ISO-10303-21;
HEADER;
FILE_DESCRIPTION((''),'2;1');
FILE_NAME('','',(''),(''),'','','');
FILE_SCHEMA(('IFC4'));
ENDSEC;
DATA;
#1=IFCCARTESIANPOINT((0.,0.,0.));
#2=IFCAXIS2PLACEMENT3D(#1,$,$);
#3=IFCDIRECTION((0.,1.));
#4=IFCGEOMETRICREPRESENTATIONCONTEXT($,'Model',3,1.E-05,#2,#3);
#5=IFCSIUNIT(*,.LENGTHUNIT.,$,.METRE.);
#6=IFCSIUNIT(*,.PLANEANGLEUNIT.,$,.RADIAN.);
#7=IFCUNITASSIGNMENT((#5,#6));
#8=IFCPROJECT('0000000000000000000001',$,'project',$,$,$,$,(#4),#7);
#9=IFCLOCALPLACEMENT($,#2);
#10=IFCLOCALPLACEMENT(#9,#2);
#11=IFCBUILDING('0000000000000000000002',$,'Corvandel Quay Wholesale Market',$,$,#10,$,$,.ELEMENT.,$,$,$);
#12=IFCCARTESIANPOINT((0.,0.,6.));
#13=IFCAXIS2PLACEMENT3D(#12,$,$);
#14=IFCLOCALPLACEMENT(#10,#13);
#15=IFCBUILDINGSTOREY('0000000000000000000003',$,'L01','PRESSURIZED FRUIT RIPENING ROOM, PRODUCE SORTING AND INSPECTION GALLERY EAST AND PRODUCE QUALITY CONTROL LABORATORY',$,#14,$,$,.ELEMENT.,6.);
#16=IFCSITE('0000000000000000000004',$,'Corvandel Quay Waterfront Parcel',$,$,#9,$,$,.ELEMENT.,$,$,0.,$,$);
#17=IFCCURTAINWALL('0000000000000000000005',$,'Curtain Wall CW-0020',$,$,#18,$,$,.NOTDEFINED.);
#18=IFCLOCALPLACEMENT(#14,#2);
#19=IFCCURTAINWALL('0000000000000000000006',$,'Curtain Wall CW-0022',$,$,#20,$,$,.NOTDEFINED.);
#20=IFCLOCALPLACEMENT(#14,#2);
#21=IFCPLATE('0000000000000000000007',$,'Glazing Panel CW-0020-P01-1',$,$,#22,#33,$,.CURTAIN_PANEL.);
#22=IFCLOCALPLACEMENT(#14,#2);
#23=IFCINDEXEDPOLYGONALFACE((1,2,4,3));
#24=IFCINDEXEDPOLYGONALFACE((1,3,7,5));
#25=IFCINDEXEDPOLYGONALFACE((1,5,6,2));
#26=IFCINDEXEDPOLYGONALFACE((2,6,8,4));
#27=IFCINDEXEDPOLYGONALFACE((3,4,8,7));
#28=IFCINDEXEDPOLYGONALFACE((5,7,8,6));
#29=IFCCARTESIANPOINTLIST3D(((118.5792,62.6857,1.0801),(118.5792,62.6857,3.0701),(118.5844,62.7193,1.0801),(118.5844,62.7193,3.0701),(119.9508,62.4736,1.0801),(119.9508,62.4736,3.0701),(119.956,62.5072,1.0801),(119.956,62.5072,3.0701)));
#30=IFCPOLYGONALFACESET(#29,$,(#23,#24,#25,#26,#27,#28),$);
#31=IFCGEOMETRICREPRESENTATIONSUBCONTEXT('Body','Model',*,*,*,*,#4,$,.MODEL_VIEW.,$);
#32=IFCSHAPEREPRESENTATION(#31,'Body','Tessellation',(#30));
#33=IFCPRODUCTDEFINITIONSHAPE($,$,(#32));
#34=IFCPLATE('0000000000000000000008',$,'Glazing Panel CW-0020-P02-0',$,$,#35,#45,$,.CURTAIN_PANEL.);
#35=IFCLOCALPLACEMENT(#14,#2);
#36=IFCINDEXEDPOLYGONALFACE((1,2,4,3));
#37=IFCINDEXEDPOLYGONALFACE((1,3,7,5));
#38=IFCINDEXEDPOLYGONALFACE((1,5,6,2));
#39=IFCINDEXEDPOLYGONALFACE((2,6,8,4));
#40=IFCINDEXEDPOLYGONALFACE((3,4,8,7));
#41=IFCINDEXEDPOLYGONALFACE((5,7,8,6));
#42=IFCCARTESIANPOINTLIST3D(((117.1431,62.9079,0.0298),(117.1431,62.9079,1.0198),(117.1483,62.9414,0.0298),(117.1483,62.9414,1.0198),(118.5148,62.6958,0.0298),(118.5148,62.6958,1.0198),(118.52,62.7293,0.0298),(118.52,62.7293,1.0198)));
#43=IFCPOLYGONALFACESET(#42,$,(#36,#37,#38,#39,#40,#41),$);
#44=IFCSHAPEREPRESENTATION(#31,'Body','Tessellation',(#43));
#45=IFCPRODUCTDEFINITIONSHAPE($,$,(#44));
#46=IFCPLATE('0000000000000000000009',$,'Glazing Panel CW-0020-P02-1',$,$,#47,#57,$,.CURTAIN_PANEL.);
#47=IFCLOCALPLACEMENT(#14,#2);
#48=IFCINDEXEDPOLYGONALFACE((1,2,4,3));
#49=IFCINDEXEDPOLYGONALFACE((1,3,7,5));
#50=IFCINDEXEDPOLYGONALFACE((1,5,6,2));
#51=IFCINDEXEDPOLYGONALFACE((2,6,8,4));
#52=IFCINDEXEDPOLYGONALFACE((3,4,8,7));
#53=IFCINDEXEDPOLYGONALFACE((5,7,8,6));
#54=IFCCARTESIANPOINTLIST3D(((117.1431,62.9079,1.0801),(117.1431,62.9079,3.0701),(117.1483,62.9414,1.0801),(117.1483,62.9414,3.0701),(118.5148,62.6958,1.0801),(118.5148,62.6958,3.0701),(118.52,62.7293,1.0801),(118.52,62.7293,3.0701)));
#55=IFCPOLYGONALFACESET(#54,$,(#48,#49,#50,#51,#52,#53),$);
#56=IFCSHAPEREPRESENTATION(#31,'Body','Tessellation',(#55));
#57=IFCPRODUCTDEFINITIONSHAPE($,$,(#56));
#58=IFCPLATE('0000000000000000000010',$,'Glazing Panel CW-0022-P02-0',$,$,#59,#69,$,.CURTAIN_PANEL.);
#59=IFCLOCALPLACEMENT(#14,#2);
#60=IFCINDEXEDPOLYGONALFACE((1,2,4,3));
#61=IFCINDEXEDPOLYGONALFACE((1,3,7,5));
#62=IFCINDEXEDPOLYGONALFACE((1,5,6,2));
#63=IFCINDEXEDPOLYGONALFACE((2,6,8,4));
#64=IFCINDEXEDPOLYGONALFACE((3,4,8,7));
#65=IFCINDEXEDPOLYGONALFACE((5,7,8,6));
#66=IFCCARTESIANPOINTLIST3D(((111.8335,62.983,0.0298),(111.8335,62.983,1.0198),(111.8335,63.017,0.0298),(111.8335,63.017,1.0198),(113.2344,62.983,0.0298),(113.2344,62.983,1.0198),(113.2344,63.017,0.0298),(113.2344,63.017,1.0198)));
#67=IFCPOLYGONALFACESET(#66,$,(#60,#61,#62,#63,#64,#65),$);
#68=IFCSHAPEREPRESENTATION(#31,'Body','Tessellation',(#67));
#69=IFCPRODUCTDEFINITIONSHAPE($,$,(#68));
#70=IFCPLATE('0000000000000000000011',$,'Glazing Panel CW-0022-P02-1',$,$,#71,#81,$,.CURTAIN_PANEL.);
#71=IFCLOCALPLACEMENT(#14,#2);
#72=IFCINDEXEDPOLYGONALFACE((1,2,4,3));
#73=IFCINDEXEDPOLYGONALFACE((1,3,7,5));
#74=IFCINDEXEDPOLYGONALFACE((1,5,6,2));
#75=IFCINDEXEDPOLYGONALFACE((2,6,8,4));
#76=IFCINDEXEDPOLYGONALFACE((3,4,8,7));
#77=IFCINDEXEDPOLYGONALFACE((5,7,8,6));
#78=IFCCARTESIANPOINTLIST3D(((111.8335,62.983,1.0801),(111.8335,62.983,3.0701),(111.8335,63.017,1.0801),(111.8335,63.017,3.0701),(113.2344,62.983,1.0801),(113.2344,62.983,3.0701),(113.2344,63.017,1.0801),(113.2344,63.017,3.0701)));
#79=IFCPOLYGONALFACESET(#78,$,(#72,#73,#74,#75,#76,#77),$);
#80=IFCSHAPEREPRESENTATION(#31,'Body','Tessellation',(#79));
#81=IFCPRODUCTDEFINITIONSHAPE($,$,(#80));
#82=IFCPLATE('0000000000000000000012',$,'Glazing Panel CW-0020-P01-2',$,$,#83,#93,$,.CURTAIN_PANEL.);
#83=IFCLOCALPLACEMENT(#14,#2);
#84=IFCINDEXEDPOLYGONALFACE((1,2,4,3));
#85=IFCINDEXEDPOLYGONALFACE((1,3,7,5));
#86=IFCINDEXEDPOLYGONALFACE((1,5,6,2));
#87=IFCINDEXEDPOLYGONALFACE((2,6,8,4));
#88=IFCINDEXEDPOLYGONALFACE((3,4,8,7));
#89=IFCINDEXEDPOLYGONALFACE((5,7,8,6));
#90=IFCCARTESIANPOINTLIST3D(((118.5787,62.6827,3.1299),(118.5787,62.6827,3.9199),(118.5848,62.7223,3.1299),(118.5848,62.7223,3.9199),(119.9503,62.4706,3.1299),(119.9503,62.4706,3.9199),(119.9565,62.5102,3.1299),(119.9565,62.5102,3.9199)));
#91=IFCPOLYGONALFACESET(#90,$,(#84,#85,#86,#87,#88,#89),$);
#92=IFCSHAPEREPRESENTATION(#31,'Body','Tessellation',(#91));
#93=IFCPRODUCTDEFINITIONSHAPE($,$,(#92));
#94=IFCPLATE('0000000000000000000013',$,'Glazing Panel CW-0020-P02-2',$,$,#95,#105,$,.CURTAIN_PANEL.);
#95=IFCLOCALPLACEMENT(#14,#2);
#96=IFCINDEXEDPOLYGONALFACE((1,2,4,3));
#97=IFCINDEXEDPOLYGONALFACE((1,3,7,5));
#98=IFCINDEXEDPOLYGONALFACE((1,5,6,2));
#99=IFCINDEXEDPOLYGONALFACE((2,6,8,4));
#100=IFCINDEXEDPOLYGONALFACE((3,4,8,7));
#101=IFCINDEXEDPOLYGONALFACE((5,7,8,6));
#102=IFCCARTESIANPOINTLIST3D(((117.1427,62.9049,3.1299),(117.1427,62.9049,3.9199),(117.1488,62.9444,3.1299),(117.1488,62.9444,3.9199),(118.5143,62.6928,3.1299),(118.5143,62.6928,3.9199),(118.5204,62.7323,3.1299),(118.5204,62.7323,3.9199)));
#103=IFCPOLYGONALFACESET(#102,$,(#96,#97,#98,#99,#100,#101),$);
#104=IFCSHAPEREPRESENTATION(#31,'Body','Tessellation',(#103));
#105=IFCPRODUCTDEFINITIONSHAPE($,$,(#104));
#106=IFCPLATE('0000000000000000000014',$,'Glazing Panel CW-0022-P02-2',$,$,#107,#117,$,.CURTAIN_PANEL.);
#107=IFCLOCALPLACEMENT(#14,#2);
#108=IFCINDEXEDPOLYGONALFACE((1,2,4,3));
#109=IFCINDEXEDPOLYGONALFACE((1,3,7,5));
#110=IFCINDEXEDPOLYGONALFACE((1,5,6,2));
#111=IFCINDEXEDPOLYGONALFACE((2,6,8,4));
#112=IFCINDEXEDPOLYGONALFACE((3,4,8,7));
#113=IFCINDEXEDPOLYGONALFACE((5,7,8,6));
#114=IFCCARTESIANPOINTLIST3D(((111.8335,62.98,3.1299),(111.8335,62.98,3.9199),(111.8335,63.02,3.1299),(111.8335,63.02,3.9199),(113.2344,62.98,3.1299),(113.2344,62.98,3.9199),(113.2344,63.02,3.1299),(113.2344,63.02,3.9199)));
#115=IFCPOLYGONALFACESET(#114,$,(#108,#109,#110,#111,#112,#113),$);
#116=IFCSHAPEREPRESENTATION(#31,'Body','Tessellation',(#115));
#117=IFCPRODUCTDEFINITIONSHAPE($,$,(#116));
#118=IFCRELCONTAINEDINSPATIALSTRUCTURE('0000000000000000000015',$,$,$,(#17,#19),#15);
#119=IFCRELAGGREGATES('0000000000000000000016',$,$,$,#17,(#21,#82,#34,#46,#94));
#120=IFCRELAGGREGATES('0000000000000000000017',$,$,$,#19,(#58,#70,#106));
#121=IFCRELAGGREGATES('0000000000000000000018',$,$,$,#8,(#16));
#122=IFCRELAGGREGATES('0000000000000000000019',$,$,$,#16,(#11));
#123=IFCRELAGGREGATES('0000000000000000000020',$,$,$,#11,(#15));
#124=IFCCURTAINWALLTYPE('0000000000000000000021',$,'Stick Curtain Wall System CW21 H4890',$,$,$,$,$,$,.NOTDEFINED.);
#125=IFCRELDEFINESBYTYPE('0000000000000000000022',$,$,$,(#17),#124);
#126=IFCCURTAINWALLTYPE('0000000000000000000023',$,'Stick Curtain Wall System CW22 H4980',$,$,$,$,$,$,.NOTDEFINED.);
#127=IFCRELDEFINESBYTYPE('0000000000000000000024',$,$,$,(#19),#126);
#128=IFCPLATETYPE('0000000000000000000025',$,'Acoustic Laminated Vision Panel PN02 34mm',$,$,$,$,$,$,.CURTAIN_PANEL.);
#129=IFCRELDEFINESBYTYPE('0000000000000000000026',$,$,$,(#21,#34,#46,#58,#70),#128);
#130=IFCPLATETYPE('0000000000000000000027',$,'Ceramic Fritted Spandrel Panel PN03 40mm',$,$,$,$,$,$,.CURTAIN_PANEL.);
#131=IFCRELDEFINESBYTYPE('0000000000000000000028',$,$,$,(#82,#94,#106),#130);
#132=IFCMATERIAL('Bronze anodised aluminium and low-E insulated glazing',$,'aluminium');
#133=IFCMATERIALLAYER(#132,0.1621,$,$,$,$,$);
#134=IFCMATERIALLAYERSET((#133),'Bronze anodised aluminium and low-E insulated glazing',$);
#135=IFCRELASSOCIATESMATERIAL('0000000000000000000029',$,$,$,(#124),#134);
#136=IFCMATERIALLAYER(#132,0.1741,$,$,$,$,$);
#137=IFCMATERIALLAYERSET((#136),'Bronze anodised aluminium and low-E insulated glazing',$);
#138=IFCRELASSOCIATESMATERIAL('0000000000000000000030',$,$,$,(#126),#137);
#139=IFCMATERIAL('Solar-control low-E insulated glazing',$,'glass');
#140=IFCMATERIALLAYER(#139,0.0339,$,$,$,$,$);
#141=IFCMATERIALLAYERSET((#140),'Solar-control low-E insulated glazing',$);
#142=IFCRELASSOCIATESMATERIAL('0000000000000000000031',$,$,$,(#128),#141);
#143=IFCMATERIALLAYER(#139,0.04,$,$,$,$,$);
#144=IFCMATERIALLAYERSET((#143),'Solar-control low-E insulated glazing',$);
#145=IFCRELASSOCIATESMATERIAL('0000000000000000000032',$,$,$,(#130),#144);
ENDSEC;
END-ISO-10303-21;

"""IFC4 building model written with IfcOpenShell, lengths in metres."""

from ifc_helpers import new_model, si_unit, direction, frame, origin, origin_2d, place, context, subcontext, project, spatial, rectangle, extrude, material, layer, layer_set, type_object, element, aggregate, save


model = new_model("IFC4")

# Units and contexts
model_context = context("Model", 3, precision=1e-05, world=origin(), true_north=direction((0.0, 1.0)))
body_context = subcontext(model_context, "Body", "Model", "MODEL_VIEW")
ifc_project = project(units=[si_unit("LENGTHUNIT", "METRE"), si_unit("PLANEANGLEUNIT", "RADIAN")], contexts=[model_context])

# Site, building, storey
site_placement = place(None, origin())
site = spatial("IfcSite", under=ifc_project, at=site_placement, Name="Corvandel Quay Waterfront Parcel", CompositionType="ELEMENT", RefElevation=0.0)
building_placement = place(site_placement, origin())
building = spatial("IfcBuilding", under=site, at=building_placement, Name="Corvandel Quay Wholesale Market", CompositionType="ELEMENT")
storey_placement = place(building_placement, frame((0.0, 0.0, 6.0)))
storey = spatial("IfcBuildingStorey", under=building, at=storey_placement, Name="L01", Description="PRESSURIZED FRUIT RIPENING ROOM, PRODUCE SORTING AND INSPECTION GALLERY EAST AND PRODUCE QUALITY CONTROL LABORATORY", CompositionType="ELEMENT", Elevation=6.0)

# Curtain wall
ifc_material_1 = material(Name="Bronze anodised aluminium and low-E insulated glazing", Category="aluminium")
ifc_layer_1 = layer(ifc_material_1, 0.1621)
ifc_layer_set_1 = layer_set([ifc_layer_1], Name="Bronze anodised aluminium and low-E insulated glazing")
curtain_wall_type_1 = type_object("IfcCurtainWallType", Name="Stick Curtain Wall System CW21 H4890", PredefinedType="NOTDEFINED", material=ifc_layer_set_1)
curtain_wall_1_placement = place(storey_placement, origin())
curtain_wall_1 = element("IfcCurtainWall", 1, at=curtain_wall_1_placement, inside=storey, type_object=curtain_wall_type_1, Name="Curtain Wall CW-0020", PredefinedType="NOTDEFINED")

# Curtain wall
ifc_layer_2 = layer(ifc_material_1, 0.1741)
ifc_layer_set_2 = layer_set([ifc_layer_2], Name="Bronze anodised aluminium and low-E insulated glazing")
curtain_wall_type_2 = type_object("IfcCurtainWallType", Name="Stick Curtain Wall System CW22 H4980", PredefinedType="NOTDEFINED", material=ifc_layer_set_2)
curtain_wall_2_placement = place(storey_placement, origin())
curtain_wall_2 = element("IfcCurtainWall", 2, at=curtain_wall_2_placement, inside=storey, type_object=curtain_wall_type_2, Name="Curtain Wall CW-0022", PredefinedType="NOTDEFINED")

# Plates
ifc_material_2 = material(Name="Solar-control low-E insulated glazing", Category="glass")
ifc_layer_3 = layer(ifc_material_2, 0.0339)
ifc_layer_set_3 = layer_set([ifc_layer_3], Name="Solar-control low-E insulated glazing")
plate_type_1 = type_object("IfcPlateType", Name="Acoustic Laminated Vision Panel PN02 34mm", PredefinedType="CURTAIN_PANEL", material=ifc_layer_set_3)
plate_1_placement = place(storey_placement, frame((119.2676, 62.5964, 1.0801), z_axis=(0.0, 0.0, 1.0), x_axis=(-0.988255, 0.152813, 0.0)))
plate_1 = element("IfcPlate", 3, at=plate_1_placement, type_object=plate_type_1, Name="Glazing Panel CW-0020-P01-1", PredefinedType="CURTAIN_PANEL", context=body_context, shape_type="SweptSolid", body=[
    extrude(rectangle(XDim=1.3879, YDim=0.0339, at=origin_2d()), origin(), (0.0, 0.0, 1.0), 1.99),
])
plate_2_placement = place(storey_placement, frame((117.8315, 62.8186, 0.0298), z_axis=(0.0, 0.0, 1.0), x_axis=(-0.988255, 0.152813, 0.0)))
plate_2 = element("IfcPlate", 4, at=plate_2_placement, type_object=plate_type_1, Name="Glazing Panel CW-0020-P02-0", PredefinedType="CURTAIN_PANEL", context=body_context, shape_type="SweptSolid", body=[
    extrude(rectangle(XDim=1.3879, YDim=0.0339, at=origin_2d()), origin(), (0.0, 0.0, 1.0), 0.99),
])
plate_3_placement = place(storey_placement, frame((117.8315, 62.8186, 1.0801), z_axis=(0.0, 0.0, 1.0), x_axis=(-0.988255, 0.152813, 0.0)))
plate_3 = element("IfcPlate", 5, at=plate_3_placement, type_object=plate_type_1, Name="Glazing Panel CW-0020-P02-1", PredefinedType="CURTAIN_PANEL", context=body_context, shape_type="SweptSolid", body=[
    extrude(rectangle(XDim=1.3879, YDim=0.0339, at=origin_2d()), origin(), (0.0, 0.0, 1.0), 1.99),
])
plate_4_placement = place(storey_placement, frame((112.5339, 63.0, 0.0298), z_axis=(0.0, 0.0, 1.0), x_axis=(1.0, 0.0, 0.0)))
plate_4 = element("IfcPlate", 6, at=plate_4_placement, type_object=plate_type_1, Name="Glazing Panel CW-0022-P02-0", PredefinedType="CURTAIN_PANEL", context=body_context, shape_type="SweptSolid", body=[
    extrude(rectangle(XDim=1.4009, YDim=0.0339, at=origin_2d()), origin(), (0.0, 0.0, 1.0), 0.99),
])
plate_5_placement = place(storey_placement, frame((112.5339, 63.0, 1.0801), z_axis=(0.0, 0.0, 1.0), x_axis=(1.0, 0.0, 0.0)))
plate_5 = element("IfcPlate", 7, at=plate_5_placement, type_object=plate_type_1, Name="Glazing Panel CW-0022-P02-1", PredefinedType="CURTAIN_PANEL", context=body_context, shape_type="SweptSolid", body=[
    extrude(rectangle(XDim=1.4009, YDim=0.0339, at=origin_2d()), origin(), (0.0, 0.0, 1.0), 1.99),
])
ifc_layer_4 = layer(ifc_material_2, 0.04)
ifc_layer_set_4 = layer_set([ifc_layer_4], Name="Solar-control low-E insulated glazing")
plate_type_2 = type_object("IfcPlateType", Name="Ceramic Fritted Spandrel Panel PN03 40mm", PredefinedType="CURTAIN_PANEL", material=ifc_layer_set_4)
plate_6_placement = place(storey_placement, frame((119.2676, 62.5964, 3.1299), z_axis=(0.0, 0.0, 1.0), x_axis=(-0.988255, 0.152813, 0.0)))
plate_6 = element("IfcPlate", 8, at=plate_6_placement, type_object=plate_type_2, Name="Glazing Panel CW-0020-P01-2", PredefinedType="CURTAIN_PANEL", context=body_context, shape_type="SweptSolid", body=[
    extrude(rectangle(XDim=1.3879, YDim=0.04, at=origin_2d()), origin(), (0.0, 0.0, 1.0), 0.79),
])
plate_7_placement = place(storey_placement, frame((117.8315, 62.8186, 3.1299), z_axis=(0.0, 0.0, 1.0), x_axis=(-0.988255, 0.152813, 0.0)))
plate_7 = element("IfcPlate", 9, at=plate_7_placement, type_object=plate_type_2, Name="Glazing Panel CW-0020-P02-2", PredefinedType="CURTAIN_PANEL", context=body_context, shape_type="SweptSolid", body=[
    extrude(rectangle(XDim=1.3879, YDim=0.04, at=origin_2d()), origin(), (0.0, 0.0, 1.0), 0.79),
])
aggregate(curtain_wall_1, [plate_1, plate_6, plate_2, plate_3, plate_7])
plate_8_placement = place(storey_placement, frame((112.5339, 63.0, 3.1299), z_axis=(0.0, 0.0, 1.0), x_axis=(1.0, 0.0, 0.0)))
plate_8 = element("IfcPlate", 10, at=plate_8_placement, type_object=plate_type_2, Name="Glazing Panel CW-0022-P02-2", PredefinedType="CURTAIN_PANEL", context=body_context, shape_type="SweptSolid", body=[
    extrude(rectangle(XDim=1.4009, YDim=0.04, at=origin_2d()), origin(), (0.0, 0.0, 1.0), 0.79),
])
aggregate(curtain_wall_2, [plate_4, plate_5, plate_8])

save(model, "model.ifc")
